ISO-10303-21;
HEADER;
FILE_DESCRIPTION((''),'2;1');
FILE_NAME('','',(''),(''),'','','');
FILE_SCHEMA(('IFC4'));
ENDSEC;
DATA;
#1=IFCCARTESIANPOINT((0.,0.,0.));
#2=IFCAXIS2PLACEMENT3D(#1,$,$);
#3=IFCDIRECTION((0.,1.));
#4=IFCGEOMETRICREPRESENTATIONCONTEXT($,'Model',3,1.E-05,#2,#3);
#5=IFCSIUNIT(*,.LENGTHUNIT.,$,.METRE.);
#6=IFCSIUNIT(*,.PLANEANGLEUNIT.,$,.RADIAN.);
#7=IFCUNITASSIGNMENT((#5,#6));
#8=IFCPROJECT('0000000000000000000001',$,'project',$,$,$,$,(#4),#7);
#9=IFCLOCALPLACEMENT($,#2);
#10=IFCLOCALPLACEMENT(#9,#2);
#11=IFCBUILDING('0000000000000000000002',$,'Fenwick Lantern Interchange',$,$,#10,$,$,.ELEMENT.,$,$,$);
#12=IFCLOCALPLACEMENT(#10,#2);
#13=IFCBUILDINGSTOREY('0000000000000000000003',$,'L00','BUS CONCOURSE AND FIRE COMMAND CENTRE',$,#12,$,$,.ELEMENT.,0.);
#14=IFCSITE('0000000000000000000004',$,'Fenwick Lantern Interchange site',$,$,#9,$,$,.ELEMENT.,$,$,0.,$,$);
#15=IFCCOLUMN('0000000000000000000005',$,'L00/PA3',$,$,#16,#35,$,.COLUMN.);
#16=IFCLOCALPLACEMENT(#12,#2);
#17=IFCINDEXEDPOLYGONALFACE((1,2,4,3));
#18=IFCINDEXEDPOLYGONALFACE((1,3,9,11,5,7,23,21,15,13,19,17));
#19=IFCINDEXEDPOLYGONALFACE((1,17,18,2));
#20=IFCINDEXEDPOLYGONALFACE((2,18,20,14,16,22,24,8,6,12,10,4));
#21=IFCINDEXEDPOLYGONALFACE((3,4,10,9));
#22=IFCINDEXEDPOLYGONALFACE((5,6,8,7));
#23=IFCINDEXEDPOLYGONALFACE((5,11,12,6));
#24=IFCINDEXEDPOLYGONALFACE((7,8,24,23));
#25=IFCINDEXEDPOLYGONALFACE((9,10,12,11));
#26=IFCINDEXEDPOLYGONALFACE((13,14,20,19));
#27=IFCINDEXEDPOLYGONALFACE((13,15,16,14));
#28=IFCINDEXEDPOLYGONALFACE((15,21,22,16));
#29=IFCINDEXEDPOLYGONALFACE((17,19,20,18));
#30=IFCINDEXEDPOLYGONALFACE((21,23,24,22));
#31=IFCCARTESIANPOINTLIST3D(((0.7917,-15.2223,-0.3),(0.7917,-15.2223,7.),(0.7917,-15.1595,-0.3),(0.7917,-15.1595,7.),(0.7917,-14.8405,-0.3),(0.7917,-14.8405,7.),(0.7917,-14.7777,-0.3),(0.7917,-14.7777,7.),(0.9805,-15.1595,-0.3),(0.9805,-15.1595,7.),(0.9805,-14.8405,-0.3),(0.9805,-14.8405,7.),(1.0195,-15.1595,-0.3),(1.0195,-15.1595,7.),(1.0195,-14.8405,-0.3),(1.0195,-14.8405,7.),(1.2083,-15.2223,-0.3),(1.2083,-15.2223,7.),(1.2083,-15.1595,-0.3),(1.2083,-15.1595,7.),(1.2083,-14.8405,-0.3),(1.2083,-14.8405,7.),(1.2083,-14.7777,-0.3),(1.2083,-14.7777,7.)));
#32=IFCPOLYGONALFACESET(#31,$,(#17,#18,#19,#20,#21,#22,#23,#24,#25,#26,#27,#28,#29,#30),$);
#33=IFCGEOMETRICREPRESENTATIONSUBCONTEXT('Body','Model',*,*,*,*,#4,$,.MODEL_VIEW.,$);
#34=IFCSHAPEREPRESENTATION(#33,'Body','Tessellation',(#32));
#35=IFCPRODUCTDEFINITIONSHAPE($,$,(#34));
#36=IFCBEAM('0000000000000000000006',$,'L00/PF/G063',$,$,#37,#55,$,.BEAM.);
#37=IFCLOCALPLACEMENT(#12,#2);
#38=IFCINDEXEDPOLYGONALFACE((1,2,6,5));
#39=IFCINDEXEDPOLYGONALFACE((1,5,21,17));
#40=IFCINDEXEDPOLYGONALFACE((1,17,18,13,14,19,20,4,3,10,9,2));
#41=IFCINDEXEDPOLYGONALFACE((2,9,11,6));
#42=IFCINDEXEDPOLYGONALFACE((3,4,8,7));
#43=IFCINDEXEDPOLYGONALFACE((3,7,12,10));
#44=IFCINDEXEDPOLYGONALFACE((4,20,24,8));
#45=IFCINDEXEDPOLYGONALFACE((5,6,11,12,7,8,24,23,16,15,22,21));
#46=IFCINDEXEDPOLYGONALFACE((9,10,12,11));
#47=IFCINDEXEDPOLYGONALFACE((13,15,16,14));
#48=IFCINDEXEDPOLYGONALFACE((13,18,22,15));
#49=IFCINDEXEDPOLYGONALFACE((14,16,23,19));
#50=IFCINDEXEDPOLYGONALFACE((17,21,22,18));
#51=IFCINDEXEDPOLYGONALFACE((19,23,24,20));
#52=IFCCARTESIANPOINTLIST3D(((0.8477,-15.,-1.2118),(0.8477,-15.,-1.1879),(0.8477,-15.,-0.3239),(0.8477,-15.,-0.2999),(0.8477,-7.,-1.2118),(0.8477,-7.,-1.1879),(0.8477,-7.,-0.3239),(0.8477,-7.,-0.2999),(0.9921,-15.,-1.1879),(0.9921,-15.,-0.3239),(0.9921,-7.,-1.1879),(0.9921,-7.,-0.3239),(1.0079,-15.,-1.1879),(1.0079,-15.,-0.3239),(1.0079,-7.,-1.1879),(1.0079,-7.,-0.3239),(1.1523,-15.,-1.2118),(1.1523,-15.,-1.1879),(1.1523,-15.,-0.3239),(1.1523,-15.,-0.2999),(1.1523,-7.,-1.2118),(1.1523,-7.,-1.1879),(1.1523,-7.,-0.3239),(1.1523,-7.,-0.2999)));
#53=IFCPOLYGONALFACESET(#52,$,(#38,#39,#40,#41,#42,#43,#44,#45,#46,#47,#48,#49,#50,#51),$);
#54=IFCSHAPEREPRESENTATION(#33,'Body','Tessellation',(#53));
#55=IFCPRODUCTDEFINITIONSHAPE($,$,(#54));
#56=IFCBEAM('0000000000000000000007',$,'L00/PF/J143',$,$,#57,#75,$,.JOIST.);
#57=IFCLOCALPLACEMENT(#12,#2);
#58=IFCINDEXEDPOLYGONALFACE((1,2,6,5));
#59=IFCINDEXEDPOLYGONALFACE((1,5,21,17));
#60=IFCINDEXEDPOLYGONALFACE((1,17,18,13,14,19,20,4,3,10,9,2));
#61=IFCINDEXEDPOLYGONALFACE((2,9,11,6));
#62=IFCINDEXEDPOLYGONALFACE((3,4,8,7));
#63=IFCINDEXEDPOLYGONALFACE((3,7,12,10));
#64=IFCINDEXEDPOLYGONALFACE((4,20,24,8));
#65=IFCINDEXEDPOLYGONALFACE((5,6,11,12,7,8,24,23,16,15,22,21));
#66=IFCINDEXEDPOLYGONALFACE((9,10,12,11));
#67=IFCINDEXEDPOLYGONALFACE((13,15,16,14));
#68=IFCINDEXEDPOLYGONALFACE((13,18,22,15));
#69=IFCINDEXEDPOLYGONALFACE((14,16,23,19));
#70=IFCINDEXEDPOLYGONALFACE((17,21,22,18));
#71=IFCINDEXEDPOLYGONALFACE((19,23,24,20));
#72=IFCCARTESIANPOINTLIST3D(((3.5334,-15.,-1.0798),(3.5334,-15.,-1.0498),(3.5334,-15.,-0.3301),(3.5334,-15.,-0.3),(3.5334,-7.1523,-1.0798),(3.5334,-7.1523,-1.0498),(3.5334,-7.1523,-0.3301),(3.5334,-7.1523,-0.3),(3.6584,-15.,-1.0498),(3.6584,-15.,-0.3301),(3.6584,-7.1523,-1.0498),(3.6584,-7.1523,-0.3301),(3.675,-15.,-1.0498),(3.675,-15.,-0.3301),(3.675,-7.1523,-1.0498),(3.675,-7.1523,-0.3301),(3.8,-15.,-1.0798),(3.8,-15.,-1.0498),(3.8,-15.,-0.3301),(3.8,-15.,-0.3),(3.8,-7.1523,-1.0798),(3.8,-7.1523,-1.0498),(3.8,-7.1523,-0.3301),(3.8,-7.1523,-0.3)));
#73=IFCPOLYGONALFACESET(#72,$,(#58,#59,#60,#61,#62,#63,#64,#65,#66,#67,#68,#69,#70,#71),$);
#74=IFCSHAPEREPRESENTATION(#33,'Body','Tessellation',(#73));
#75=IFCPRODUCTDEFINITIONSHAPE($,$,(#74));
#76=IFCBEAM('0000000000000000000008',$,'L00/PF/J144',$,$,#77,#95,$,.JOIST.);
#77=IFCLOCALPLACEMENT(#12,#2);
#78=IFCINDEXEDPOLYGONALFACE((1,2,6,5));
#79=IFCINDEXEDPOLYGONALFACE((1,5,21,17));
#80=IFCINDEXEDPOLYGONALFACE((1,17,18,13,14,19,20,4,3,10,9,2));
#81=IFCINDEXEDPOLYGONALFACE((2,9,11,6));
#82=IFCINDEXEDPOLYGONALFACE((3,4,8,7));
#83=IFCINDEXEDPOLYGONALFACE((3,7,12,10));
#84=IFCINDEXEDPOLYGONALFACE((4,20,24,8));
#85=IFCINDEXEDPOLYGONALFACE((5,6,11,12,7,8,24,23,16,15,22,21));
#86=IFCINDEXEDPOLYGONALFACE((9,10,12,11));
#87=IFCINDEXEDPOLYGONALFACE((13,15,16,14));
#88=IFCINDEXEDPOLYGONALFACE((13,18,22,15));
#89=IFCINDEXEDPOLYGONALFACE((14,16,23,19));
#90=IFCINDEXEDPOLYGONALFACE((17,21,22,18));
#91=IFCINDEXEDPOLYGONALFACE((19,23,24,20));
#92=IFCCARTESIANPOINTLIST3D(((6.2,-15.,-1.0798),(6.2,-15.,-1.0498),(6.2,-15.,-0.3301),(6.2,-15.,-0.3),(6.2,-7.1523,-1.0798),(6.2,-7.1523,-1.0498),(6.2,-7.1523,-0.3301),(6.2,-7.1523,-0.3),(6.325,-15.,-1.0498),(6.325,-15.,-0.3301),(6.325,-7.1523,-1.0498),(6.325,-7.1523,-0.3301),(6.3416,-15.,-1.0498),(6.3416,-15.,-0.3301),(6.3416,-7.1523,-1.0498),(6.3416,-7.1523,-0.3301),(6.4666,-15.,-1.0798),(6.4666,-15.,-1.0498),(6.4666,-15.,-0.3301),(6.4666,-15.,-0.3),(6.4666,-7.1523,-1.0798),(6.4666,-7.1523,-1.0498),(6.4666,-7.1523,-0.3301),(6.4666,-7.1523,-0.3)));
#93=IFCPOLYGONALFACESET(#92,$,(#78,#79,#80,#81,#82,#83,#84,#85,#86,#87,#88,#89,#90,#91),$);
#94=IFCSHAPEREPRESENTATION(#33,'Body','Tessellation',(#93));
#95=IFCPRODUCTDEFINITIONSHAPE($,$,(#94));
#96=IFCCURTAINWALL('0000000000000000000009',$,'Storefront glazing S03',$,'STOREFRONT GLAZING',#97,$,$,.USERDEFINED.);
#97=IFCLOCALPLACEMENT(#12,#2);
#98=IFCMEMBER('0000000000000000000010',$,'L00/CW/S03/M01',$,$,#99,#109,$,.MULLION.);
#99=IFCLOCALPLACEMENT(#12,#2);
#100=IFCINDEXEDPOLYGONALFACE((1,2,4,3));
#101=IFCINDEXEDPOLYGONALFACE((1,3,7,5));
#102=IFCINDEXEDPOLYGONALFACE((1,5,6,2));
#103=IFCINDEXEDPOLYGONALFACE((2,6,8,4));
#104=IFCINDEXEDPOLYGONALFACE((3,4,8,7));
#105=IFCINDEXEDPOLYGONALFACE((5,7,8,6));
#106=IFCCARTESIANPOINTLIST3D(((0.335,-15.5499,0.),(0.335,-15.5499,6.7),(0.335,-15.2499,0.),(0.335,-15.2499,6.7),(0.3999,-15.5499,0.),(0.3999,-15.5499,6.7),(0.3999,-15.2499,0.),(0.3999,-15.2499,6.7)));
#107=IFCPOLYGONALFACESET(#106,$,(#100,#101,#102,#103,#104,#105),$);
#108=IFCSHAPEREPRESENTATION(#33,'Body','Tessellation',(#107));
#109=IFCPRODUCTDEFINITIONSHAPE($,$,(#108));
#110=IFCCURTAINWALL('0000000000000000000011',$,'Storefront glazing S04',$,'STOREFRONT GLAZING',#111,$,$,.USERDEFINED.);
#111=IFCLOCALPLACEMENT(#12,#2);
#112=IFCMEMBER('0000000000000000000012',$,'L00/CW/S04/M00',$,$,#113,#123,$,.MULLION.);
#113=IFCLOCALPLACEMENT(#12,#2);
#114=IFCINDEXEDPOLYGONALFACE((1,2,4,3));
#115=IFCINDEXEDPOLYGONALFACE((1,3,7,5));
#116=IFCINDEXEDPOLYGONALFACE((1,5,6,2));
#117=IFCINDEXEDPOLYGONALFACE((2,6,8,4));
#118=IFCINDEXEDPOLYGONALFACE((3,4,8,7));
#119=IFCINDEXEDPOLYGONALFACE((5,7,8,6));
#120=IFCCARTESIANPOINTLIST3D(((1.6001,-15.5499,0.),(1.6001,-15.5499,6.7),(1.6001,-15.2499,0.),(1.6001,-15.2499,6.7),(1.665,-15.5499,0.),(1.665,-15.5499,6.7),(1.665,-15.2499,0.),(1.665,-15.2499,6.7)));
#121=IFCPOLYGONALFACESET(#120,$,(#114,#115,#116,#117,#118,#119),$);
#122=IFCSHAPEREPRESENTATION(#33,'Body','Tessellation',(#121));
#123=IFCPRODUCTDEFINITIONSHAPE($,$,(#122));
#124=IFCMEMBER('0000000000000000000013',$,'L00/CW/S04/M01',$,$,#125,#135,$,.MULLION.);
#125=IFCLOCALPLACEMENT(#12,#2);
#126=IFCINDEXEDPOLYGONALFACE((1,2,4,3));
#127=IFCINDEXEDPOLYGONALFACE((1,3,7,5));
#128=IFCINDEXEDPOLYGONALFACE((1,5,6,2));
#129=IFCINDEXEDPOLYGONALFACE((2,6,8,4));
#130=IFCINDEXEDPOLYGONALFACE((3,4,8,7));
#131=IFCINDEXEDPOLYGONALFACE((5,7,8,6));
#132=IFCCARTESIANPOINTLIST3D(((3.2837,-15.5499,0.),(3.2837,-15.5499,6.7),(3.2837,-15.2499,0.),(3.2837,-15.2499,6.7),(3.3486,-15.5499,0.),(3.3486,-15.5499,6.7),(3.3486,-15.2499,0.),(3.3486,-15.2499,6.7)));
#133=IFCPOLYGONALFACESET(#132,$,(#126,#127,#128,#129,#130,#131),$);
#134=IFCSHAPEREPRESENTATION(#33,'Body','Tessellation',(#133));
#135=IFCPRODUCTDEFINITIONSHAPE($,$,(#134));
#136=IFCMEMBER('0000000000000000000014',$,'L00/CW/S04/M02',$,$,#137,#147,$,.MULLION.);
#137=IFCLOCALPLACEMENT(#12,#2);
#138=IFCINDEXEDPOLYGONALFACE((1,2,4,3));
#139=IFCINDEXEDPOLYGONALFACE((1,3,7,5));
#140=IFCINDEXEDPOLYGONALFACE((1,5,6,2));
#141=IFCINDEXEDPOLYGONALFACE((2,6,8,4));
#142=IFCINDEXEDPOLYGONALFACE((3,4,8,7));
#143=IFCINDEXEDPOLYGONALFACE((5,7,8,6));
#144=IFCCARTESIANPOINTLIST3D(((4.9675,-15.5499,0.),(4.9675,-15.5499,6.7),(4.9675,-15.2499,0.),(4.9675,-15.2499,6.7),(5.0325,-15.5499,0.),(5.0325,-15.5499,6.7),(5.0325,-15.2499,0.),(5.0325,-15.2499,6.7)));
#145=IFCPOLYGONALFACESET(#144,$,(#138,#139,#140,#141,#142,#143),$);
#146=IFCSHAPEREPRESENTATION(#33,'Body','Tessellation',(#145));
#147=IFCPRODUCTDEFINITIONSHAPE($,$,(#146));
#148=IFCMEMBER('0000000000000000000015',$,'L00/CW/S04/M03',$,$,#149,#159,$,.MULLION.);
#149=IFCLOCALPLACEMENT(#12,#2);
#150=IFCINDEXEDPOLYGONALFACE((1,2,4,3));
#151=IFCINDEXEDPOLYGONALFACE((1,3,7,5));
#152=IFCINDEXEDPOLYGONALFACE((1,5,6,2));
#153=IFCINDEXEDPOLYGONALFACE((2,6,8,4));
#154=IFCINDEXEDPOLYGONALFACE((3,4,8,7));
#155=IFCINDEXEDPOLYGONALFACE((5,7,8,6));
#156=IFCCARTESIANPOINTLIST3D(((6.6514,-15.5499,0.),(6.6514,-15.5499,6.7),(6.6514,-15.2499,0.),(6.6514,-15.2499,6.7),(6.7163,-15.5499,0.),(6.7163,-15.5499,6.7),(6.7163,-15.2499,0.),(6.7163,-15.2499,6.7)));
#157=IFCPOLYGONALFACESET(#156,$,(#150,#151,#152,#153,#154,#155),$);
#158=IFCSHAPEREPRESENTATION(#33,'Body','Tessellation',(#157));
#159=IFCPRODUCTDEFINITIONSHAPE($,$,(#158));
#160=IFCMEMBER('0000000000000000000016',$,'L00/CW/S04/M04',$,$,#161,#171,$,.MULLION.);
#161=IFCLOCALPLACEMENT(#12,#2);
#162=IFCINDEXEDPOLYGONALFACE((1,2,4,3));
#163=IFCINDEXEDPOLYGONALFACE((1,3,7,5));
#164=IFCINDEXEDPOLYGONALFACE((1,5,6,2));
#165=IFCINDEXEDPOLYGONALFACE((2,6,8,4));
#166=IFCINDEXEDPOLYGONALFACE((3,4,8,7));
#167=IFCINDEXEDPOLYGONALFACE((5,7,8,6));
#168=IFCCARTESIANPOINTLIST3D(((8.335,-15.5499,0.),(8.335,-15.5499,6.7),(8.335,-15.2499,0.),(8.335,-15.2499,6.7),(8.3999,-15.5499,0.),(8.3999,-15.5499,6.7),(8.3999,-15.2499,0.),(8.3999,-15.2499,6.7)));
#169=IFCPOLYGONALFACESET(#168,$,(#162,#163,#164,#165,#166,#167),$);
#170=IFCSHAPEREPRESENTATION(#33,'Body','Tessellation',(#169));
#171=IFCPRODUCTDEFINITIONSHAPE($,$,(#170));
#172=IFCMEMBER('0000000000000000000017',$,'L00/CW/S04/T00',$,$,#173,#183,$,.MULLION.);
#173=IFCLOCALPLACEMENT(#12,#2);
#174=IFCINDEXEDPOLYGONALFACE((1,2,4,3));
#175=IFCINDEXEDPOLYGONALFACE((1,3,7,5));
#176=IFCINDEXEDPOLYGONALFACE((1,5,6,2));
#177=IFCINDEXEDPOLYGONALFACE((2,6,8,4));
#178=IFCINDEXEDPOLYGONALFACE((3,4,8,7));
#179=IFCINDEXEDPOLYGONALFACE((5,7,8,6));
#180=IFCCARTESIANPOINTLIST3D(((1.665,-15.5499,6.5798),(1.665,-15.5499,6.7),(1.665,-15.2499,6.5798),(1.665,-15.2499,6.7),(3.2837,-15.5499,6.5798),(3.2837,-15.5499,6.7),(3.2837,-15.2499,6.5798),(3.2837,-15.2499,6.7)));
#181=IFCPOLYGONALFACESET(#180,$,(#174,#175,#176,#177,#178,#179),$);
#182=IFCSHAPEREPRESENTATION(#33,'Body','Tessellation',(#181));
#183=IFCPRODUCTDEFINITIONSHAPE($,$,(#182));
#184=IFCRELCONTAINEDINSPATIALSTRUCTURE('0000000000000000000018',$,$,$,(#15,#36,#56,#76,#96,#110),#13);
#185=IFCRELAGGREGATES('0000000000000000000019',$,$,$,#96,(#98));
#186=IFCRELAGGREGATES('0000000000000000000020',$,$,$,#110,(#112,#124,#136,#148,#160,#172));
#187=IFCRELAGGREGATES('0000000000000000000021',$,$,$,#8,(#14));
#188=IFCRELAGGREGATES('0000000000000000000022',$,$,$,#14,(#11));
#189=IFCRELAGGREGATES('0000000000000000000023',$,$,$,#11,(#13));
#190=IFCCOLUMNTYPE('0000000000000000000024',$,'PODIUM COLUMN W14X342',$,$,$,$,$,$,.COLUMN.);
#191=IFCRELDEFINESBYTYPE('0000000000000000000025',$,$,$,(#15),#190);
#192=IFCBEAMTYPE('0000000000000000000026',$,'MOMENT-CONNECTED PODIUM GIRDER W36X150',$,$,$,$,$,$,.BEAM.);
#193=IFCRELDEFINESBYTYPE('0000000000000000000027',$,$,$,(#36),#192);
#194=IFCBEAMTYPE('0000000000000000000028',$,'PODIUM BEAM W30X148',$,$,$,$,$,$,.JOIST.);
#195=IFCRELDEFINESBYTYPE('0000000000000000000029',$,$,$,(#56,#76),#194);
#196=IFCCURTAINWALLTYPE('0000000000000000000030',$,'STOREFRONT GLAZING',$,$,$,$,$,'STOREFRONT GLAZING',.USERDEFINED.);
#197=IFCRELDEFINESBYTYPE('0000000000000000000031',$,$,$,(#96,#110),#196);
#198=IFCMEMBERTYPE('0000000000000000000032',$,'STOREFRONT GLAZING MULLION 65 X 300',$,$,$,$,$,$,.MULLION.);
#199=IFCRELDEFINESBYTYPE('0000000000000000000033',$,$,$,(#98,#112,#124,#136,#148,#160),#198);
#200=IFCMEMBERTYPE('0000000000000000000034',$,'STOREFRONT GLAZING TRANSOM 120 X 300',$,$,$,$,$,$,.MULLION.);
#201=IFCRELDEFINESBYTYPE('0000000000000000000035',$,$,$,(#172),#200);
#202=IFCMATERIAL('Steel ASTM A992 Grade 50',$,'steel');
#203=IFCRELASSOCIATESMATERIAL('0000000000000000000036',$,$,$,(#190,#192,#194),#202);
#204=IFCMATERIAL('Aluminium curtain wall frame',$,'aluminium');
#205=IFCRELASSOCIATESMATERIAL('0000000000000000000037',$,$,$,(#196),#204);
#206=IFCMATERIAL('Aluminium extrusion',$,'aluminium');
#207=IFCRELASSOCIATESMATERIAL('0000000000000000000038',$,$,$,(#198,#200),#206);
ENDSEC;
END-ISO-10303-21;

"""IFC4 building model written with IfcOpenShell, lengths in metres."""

from ifc_helpers import new_model, si_unit, direction, frame, origin, origin_2d, place, context, subcontext, project, spatial, rectangle, i_section, extrude, material, material_profile, profile_set, type_object, element, aggregate, save


model = new_model("IFC4")

# Units and contexts
model_context = context("Model", 3, precision=1e-05, world=origin(), true_north=direction((0.0, 1.0)))
body_context = subcontext(model_context, "Body", "Model", "MODEL_VIEW")
ifc_project = project(units=[si_unit("LENGTHUNIT", "METRE"), si_unit("PLANEANGLEUNIT", "RADIAN")], contexts=[model_context])

# Site, building, storey
site_placement = place(None, origin())
site = spatial("IfcSite", under=ifc_project, at=site_placement, Name="Fenwick Lantern Interchange site", CompositionType="ELEMENT", RefElevation=0.0)
building_placement = place(site_placement, origin())
building = spatial("IfcBuilding", under=site, at=building_placement, Name="Fenwick Lantern Interchange", CompositionType="ELEMENT")
storey_placement = place(building_placement, origin())
storey = spatial("IfcBuildingStorey", under=building, at=storey_placement, Name="L00", Description="BUS CONCOURSE AND FIRE COMMAND CENTRE", CompositionType="ELEMENT", Elevation=0.0)

# Column
ifc_material_1 = material(Name="Steel ASTM A992 Grade 50", Category="steel")
ifc_material_profile_1 = material_profile(ifc_material_1, i_section(OverallWidth=0.4165, OverallDepth=0.4446, WebThickness=0.0391, FlangeThickness=0.0627, at=origin_2d()), Name="W14X342")
ifc_profile_set_1 = profile_set([ifc_material_profile_1], Name="Steel ASTM A992 Grade 50")
column_type = type_object("IfcColumnType", Name="PODIUM COLUMN W14X342", PredefinedType="COLUMN", material=ifc_profile_set_1)
column_placement = place(storey_placement, frame((1.0, -15.0, -0.3), z_axis=(0.0, 0.0, 1.0), x_axis=(1.0, 0.0, 0.0)))
element("IfcColumn", 1, at=column_placement, inside=storey, type_object=column_type, Name="L00/PA3", PredefinedType="COLUMN", context=body_context, shape_type="SweptSolid", body=[
    extrude(i_section(OverallWidth=0.4165, OverallDepth=0.4446, WebThickness=0.0391, FlangeThickness=0.0627, at=origin_2d()), origin(), (0.0, 0.0, 1.0), 7.3),
])

# Beams
ifc_material_profile_2 = material_profile(ifc_material_1, i_section(OverallWidth=0.3047, OverallDepth=0.9119, WebThickness=0.0159, FlangeThickness=0.0239, at=origin_2d()), Name="W36X150")
ifc_profile_set_2 = profile_set([ifc_material_profile_2], Name="Steel ASTM A992 Grade 50")
beam_type_1 = type_object("IfcBeamType", Name="MOMENT-CONNECTED PODIUM GIRDER W36X150", PredefinedType="BEAM", material=ifc_profile_set_2)
beam_placement = place(storey_placement, frame((1.0, -15.0, -0.7559), z_axis=(0.0, 1.0, 0.0), x_axis=(-1.0, 0.0, 0.0)))
element("IfcBeam", 2, at=beam_placement, inside=storey, type_object=beam_type_1, Name="L00/PF/G063", PredefinedType="BEAM", context=body_context, shape_type="SweptSolid", body=[
    extrude(i_section(OverallWidth=0.3047, OverallDepth=0.9119, WebThickness=0.0159, FlangeThickness=0.0239, at=origin_2d()), origin(), (0.0, 0.0, 1.0), 8.0),
])
ifc_material_profile_3 = material_profile(ifc_material_1, i_section(OverallWidth=0.2666, OverallDepth=0.7798, WebThickness=0.0166, FlangeThickness=0.03, at=origin_2d()), Name="W30X148")
ifc_profile_set_3 = profile_set([ifc_material_profile_3], Name="Steel ASTM A992 Grade 50")
beam_type_2 = type_object("IfcBeamType", Name="PODIUM BEAM W30X148", PredefinedType="JOIST", material=ifc_profile_set_3)
for number, where, z_axis, x_axis, name in (
    (3, (3.6667, -15.0, -0.6899), (0.0, 1.0, 0.0), (-1.0, 0.0, 0.0), "L00/PF/J143"),
    (4, (6.3333, -15.0, -0.6899), (0.0, 1.0, 0.0), (-1.0, 0.0, 0.0), "L00/PF/J144"),
):
    element("IfcBeam", number, at=place(storey_placement, frame(where, z_axis=z_axis, x_axis=x_axis)), inside=storey, type_object=beam_type_2, Name=name, PredefinedType="JOIST", context=body_context, shape_type="SweptSolid", body=[
        extrude(i_section(OverallWidth=0.2666, OverallDepth=0.7798, WebThickness=0.0166, FlangeThickness=0.03, at=origin_2d()), origin(), (0.0, 0.0, 1.0), 7.8477),
    ])

# Curtain wall, member
ifc_material_2 = material(Name="Aluminium curtain wall frame", Category="aluminium")
curtain_wall_type = type_object("IfcCurtainWallType", Name="STOREFRONT GLAZING", ElementType="STOREFRONT GLAZING", PredefinedType="USERDEFINED", material=ifc_material_2)
curtain_wall_1_placement = place(storey_placement, origin())
curtain_wall_1 = element("IfcCurtainWall", 5, at=curtain_wall_1_placement, inside=storey, type_object=curtain_wall_type, Name="Storefront glazing S03", ObjectType="STOREFRONT GLAZING", PredefinedType="USERDEFINED")
ifc_material_3 = material(Name="Aluminium extrusion", Category="aluminium")
ifc_material_profile_4 = material_profile(ifc_material_3, rectangle(XDim=0.3, YDim=0.0649, at=origin_2d()), Name="STOREFRONT GLAZING MULLION 65 X 300")
ifc_profile_set_4 = profile_set([ifc_material_profile_4], Name="Aluminium extrusion")
member_type_1 = type_object("IfcMemberType", Name="STOREFRONT GLAZING MULLION 65 X 300", PredefinedType="MULLION", material=ifc_profile_set_4)
member_1_placement = place(storey_placement, frame((0.3674, -15.3999, 0.0), z_axis=(0.0, 0.0, 1.0), x_axis=(0.0, 1.0, 0.0)))
member_1 = element("IfcMember", 6, at=member_1_placement, type_object=member_type_1, Name="L00/CW/S03/M01", PredefinedType="MULLION", context=body_context, shape_type="SweptSolid", body=[
    extrude(rectangle(XDim=0.3, YDim=0.0649, at=origin_2d()), origin(), (0.0, 0.0, 1.0), 6.7),
])
aggregate(curtain_wall_1, [member_1])

# Curtain wall, members
curtain_wall_2_placement = place(storey_placement, origin())
curtain_wall_2 = element("IfcCurtainWall", 7, at=curtain_wall_2_placement, inside=storey, type_object=curtain_wall_type, Name="Storefront glazing S04", ObjectType="STOREFRONT GLAZING", PredefinedType="USERDEFINED")
member_2_placement = place(storey_placement, frame((1.6326, -15.3999, 0.0), z_axis=(0.0, 0.0, 1.0), x_axis=(0.0, 1.0, 0.0)))
member_2 = element("IfcMember", 8, at=member_2_placement, type_object=member_type_1, Name="L00/CW/S04/M00", PredefinedType="MULLION", context=body_context, shape_type="SweptSolid", body=[
    extrude(rectangle(XDim=0.3, YDim=0.0649, at=origin_2d()), origin(), (0.0, 0.0, 1.0), 6.7),
])
member_3_placement = place(storey_placement, frame((3.3162, -15.3999, 0.0), z_axis=(0.0, 0.0, 1.0), x_axis=(0.0, 1.0, 0.0)))
member_3 = element("IfcMember", 9, at=member_3_placement, type_object=member_type_1, Name="L00/CW/S04/M01", PredefinedType="MULLION", context=body_context, shape_type="SweptSolid", body=[
    extrude(rectangle(XDim=0.3, YDim=0.0649, at=origin_2d()), origin(), (0.0, 0.0, 1.0), 6.7),
])
member_4_placement = place(storey_placement, frame((5.0, -15.3999, 0.0), z_axis=(0.0, 0.0, 1.0), x_axis=(0.0, 1.0, 0.0)))
member_4 = element("IfcMember", 10, at=member_4_placement, type_object=member_type_1, Name="L00/CW/S04/M02", PredefinedType="MULLION", context=body_context, shape_type="SweptSolid", body=[
    extrude(rectangle(XDim=0.3, YDim=0.0649, at=origin_2d()), origin(), (0.0, 0.0, 1.0), 6.7),
])
member_5_placement = place(storey_placement, frame((6.6838, -15.3999, 0.0), z_axis=(0.0, 0.0, 1.0), x_axis=(0.0, 1.0, 0.0)))
member_5 = element("IfcMember", 11, at=member_5_placement, type_object=member_type_1, Name="L00/CW/S04/M03", PredefinedType="MULLION", context=body_context, shape_type="SweptSolid", body=[
    extrude(rectangle(XDim=0.3, YDim=0.0649, at=origin_2d()), origin(), (0.0, 0.0, 1.0), 6.7),
])
member_6_placement = place(storey_placement, frame((8.3674, -15.3999, 0.0), z_axis=(0.0, 0.0, 1.0), x_axis=(0.0, 1.0, 0.0)))
member_6 = element("IfcMember", 12, at=member_6_placement, type_object=member_type_1, Name="L00/CW/S04/M04", PredefinedType="MULLION", context=body_context, shape_type="SweptSolid", body=[
    extrude(rectangle(XDim=0.3, YDim=0.0649, at=origin_2d()), origin(), (0.0, 0.0, 1.0), 6.7),
])
ifc_material_profile_5 = material_profile(ifc_material_3, rectangle(XDim=0.3, YDim=0.1201, at=origin_2d()), Name="STOREFRONT GLAZING TRANSOM 120 X 300")
ifc_profile_set_5 = profile_set([ifc_material_profile_5], Name="Aluminium extrusion")
member_type_2 = type_object("IfcMemberType", Name="STOREFRONT GLAZING TRANSOM 120 X 300", PredefinedType="MULLION", material=ifc_profile_set_5)
member_7_placement = place(storey_placement, frame((1.665, -15.3999, 6.6399), z_axis=(1.0, 0.0, 0.0), x_axis=(0.0, 1.0, 0.0)))
member_7 = element("IfcMember", 13, at=member_7_placement, type_object=member_type_2, Name="L00/CW/S04/T00", PredefinedType="MULLION", context=body_context, shape_type="SweptSolid", body=[
    extrude(rectangle(XDim=0.3, YDim=0.1201, at=origin_2d()), origin(), (0.0, 0.0, 1.0), 1.6187),
])
aggregate(curtain_wall_2, [member_2, member_3, member_4, member_5, member_6, member_7])

save(model, "model.ifc")
